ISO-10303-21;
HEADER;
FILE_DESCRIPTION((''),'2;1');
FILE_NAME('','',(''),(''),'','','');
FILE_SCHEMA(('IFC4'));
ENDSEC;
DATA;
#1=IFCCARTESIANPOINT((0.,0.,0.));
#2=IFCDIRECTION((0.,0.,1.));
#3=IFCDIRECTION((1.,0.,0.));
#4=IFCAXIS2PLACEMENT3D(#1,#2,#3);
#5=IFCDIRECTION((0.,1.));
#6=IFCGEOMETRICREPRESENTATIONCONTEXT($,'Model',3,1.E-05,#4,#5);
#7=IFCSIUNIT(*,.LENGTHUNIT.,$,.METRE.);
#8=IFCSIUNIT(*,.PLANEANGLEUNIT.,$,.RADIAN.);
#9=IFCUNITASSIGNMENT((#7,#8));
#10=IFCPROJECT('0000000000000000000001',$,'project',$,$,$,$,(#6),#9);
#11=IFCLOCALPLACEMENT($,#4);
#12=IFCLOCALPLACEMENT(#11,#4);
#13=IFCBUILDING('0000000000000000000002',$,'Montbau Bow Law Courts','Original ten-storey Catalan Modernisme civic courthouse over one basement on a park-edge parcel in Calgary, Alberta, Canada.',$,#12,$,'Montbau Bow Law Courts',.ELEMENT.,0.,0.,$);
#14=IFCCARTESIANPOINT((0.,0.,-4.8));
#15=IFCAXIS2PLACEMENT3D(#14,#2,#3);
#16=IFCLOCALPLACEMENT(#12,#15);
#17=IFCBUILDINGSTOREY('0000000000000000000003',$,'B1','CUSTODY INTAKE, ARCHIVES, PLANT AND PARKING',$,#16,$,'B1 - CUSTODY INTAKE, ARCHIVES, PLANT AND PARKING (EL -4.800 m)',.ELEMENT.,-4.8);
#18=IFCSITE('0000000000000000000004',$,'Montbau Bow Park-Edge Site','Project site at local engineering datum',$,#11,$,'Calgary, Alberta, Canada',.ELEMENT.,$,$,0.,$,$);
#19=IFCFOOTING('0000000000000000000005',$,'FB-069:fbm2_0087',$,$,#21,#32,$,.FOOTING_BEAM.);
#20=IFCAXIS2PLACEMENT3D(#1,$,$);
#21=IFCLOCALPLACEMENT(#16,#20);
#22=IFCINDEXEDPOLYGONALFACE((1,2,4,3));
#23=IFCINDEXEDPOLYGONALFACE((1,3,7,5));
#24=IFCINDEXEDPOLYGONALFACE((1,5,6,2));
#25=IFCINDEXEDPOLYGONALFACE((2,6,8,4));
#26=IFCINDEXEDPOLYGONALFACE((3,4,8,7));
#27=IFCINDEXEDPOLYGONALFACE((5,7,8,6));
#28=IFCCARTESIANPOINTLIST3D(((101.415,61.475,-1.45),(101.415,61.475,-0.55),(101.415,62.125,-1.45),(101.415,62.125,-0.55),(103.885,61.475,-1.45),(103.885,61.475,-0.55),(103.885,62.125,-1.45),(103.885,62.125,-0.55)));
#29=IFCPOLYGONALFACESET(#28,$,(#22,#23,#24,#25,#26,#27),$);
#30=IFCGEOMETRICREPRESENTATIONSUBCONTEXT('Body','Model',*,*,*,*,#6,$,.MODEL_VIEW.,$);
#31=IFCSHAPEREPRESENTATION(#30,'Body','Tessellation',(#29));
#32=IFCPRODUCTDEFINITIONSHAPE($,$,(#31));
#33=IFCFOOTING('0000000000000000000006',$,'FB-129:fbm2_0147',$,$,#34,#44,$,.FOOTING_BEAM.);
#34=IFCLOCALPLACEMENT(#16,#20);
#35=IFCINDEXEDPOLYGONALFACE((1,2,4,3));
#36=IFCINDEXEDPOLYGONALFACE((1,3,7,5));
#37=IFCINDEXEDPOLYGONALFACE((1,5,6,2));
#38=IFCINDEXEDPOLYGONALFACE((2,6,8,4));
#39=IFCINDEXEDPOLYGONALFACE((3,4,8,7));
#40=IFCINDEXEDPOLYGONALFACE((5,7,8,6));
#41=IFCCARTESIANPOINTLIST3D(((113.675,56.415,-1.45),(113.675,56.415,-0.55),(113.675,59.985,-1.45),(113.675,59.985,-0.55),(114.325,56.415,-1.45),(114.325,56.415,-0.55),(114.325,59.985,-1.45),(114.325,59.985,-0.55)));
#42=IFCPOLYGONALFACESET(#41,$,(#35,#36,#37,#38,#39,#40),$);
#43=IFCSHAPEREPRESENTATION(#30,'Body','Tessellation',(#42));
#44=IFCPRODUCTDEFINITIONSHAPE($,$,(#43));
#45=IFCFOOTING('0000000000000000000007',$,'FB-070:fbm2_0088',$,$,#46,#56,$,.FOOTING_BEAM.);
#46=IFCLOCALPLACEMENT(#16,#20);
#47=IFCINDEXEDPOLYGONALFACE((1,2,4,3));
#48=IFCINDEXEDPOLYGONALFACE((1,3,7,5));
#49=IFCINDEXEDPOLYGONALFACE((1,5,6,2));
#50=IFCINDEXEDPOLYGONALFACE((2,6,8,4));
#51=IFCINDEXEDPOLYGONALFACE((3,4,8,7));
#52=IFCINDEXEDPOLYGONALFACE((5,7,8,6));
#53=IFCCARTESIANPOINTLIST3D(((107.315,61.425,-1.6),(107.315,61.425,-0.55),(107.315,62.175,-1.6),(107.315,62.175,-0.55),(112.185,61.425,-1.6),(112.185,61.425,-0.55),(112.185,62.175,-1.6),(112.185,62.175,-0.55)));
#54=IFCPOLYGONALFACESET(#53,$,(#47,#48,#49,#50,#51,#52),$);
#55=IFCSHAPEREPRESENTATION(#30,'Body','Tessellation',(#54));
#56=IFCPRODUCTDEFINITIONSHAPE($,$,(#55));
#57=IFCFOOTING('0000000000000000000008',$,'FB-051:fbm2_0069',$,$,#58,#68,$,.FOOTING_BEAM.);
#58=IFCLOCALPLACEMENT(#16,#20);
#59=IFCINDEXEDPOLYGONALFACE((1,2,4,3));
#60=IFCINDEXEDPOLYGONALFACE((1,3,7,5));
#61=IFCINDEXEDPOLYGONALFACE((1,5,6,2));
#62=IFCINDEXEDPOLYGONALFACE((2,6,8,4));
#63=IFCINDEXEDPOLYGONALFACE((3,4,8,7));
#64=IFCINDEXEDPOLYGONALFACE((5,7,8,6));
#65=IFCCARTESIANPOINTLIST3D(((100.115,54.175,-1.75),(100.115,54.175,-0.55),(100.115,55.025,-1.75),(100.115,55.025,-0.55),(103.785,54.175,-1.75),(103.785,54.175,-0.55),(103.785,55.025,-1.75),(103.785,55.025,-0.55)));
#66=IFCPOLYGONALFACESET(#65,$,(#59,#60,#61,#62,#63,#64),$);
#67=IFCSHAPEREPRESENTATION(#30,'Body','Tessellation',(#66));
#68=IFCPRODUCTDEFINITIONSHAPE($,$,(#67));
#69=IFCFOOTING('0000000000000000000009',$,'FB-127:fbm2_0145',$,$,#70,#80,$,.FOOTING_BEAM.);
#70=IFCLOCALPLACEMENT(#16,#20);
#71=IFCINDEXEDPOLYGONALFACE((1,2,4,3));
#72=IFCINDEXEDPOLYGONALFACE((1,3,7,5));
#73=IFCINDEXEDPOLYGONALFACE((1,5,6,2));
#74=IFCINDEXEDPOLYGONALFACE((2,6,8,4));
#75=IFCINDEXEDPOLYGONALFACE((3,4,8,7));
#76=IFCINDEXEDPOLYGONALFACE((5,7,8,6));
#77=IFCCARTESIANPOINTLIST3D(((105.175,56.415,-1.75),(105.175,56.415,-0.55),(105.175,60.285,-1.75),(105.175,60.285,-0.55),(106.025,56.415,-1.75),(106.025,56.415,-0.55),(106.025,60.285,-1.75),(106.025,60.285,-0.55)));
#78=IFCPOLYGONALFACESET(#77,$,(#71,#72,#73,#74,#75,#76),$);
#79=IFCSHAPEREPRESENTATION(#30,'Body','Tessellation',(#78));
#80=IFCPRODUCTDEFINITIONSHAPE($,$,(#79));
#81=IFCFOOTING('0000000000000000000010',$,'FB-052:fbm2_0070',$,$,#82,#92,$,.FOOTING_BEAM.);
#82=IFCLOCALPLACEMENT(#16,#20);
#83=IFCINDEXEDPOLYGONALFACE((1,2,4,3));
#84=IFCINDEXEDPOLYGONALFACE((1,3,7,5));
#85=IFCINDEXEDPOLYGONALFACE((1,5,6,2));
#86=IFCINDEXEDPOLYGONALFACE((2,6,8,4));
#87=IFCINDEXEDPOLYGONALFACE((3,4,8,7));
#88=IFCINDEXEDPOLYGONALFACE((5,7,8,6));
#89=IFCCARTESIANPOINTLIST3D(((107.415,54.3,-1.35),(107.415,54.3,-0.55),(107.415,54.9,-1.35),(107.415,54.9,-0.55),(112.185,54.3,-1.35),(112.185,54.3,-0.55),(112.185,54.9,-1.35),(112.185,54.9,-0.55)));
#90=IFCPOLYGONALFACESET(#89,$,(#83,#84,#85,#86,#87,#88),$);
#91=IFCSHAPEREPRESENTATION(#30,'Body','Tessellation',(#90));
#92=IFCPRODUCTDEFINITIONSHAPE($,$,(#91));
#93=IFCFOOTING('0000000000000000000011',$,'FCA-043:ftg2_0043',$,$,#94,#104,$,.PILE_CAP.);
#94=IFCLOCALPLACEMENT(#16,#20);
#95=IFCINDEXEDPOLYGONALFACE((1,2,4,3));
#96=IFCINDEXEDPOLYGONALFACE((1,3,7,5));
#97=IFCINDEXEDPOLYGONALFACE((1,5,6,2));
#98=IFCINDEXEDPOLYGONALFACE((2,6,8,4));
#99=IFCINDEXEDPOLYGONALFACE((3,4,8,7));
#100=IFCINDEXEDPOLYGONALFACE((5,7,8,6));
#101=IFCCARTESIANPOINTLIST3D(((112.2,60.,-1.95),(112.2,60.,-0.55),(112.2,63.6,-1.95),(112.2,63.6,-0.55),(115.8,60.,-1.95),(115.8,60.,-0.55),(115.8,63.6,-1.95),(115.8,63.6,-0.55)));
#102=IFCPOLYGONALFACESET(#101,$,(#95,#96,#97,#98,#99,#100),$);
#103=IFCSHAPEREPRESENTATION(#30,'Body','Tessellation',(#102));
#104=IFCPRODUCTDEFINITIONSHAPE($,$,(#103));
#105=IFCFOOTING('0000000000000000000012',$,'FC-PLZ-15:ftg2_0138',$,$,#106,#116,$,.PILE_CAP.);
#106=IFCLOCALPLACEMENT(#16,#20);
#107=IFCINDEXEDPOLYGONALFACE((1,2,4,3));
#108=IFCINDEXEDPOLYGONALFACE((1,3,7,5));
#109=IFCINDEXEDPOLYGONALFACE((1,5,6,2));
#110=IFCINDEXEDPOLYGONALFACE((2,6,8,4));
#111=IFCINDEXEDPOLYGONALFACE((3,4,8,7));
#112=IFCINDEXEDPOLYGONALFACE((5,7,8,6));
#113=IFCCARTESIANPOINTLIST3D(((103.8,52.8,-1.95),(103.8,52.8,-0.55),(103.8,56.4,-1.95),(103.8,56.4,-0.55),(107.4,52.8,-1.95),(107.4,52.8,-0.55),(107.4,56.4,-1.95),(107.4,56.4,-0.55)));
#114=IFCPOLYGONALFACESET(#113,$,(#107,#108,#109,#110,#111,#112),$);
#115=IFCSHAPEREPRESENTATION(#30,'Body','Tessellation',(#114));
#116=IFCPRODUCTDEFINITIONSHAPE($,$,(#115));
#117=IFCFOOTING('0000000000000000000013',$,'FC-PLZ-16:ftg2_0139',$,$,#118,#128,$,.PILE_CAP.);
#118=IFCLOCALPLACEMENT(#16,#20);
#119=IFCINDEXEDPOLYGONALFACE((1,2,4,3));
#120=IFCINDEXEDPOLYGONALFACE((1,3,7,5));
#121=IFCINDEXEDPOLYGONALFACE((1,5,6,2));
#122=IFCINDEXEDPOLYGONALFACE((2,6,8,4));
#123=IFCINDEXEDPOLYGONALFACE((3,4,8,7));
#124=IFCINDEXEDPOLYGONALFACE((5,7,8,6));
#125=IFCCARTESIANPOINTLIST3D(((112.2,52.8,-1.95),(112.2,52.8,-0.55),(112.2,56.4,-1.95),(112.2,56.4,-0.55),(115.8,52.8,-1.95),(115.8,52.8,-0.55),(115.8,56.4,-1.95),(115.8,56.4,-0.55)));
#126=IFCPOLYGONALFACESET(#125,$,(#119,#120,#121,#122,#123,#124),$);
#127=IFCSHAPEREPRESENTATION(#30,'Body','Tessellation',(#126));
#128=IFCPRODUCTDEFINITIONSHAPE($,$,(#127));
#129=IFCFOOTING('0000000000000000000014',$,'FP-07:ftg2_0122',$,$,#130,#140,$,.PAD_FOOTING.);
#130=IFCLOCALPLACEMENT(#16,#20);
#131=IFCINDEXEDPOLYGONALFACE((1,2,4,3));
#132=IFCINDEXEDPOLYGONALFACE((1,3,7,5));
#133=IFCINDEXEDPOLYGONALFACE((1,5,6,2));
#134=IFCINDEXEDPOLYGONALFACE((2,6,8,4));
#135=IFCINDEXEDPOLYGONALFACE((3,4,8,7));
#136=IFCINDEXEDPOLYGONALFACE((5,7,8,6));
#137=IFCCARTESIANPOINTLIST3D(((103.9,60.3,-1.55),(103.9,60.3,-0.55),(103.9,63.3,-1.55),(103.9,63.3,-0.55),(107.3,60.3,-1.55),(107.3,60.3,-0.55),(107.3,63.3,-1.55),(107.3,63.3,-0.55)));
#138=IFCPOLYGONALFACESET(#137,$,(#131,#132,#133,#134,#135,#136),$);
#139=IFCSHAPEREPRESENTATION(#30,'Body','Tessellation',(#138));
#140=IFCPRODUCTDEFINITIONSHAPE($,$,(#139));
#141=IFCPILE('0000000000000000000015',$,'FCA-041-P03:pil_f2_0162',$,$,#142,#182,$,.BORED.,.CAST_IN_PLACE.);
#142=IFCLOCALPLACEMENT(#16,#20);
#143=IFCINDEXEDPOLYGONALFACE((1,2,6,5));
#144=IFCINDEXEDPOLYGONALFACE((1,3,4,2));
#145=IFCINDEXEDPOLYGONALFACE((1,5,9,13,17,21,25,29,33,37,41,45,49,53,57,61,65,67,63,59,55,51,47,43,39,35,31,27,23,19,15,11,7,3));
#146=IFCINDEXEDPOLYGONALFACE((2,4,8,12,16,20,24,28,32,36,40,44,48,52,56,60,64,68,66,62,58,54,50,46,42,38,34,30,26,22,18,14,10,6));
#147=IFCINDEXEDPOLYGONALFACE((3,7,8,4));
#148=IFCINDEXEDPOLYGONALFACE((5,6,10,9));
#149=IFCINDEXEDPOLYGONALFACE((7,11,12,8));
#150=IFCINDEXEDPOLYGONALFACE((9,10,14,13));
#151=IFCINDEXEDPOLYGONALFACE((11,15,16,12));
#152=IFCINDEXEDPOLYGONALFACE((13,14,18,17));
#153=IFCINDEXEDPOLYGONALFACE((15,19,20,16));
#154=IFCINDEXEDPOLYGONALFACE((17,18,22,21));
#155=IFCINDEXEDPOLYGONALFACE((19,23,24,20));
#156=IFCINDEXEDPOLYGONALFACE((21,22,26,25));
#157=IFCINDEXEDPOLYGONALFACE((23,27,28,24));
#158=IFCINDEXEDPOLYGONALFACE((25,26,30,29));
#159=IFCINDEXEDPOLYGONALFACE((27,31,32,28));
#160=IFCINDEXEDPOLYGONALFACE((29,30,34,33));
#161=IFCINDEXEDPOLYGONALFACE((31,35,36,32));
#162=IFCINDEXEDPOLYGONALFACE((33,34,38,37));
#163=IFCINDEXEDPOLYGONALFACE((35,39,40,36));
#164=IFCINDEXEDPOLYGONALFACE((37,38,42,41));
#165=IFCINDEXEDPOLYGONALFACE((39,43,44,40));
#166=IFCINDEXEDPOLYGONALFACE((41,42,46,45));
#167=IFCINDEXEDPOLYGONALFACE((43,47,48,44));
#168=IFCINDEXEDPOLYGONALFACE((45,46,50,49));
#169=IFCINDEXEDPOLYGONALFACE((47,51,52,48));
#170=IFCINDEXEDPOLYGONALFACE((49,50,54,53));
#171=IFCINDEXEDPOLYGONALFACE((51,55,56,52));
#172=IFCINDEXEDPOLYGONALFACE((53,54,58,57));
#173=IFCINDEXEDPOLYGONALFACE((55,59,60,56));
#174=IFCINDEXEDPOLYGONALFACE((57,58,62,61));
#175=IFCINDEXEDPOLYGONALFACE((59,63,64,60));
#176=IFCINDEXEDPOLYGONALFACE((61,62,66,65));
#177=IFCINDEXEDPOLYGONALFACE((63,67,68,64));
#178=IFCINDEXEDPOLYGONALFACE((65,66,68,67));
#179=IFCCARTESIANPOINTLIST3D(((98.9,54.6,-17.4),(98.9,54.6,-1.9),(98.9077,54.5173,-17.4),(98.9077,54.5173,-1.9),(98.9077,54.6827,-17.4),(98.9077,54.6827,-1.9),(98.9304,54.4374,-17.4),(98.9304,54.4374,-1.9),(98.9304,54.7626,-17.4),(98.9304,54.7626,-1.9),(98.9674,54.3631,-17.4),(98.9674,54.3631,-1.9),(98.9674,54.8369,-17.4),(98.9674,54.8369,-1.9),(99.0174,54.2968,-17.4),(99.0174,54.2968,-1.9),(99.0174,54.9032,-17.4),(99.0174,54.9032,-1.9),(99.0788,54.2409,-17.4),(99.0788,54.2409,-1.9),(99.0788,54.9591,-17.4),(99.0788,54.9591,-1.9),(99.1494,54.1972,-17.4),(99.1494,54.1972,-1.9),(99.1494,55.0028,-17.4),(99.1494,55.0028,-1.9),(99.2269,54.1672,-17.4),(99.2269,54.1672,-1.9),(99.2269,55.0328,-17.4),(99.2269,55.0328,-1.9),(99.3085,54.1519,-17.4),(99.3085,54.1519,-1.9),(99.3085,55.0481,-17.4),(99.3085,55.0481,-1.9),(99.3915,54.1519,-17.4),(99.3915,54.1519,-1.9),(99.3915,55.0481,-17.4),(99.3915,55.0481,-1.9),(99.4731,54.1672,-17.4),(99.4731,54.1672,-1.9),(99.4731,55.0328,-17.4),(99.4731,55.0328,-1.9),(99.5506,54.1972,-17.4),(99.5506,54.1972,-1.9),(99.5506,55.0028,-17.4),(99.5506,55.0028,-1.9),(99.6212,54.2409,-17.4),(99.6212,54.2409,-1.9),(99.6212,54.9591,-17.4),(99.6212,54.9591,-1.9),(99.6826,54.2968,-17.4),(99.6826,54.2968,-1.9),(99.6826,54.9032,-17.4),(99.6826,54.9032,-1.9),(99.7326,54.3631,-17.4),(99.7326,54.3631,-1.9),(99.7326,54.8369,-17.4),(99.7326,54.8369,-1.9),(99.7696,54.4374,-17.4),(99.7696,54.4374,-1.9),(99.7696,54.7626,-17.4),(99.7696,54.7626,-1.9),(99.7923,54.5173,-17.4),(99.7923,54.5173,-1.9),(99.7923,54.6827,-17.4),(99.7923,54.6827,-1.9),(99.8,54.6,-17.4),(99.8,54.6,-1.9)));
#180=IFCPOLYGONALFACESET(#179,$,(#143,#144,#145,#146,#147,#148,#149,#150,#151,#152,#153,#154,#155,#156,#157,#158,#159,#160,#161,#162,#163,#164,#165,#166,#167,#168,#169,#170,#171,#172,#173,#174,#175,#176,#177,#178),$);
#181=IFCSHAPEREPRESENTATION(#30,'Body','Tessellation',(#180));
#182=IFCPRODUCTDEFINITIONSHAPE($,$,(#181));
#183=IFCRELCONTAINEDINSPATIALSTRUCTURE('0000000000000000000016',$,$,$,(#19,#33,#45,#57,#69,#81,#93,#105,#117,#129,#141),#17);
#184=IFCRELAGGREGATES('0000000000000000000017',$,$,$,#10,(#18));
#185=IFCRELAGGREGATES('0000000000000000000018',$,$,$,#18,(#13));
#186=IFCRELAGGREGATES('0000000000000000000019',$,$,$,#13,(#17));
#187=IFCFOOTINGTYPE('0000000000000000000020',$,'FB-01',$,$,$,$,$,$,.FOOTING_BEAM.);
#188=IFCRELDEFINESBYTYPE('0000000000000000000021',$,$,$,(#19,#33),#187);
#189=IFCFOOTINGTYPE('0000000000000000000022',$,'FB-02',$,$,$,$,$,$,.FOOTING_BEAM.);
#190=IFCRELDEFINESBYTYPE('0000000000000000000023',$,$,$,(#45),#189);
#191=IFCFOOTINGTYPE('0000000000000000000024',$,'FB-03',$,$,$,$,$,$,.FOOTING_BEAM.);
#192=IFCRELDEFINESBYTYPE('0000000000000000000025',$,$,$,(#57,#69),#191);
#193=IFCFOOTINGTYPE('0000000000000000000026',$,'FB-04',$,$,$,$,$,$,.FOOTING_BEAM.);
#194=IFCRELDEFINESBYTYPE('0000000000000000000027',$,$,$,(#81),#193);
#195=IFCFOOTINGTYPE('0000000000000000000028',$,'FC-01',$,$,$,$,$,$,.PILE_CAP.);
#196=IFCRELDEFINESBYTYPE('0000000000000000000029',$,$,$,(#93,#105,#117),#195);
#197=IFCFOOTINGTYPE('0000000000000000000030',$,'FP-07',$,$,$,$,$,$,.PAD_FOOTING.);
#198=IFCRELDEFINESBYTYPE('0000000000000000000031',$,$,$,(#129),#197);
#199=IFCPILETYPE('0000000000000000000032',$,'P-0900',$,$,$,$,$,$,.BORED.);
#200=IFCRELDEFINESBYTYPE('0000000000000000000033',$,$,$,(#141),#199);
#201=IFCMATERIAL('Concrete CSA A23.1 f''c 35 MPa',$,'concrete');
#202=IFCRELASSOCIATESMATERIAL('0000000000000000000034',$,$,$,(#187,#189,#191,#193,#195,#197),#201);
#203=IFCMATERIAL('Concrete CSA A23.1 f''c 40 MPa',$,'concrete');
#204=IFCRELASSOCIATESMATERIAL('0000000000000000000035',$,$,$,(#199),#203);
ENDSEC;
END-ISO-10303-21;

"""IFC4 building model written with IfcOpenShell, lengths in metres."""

from ifc_helpers import new_model, si_unit, direction, frame, origin_with_axes, origin_2d_with_axis, place, context, subcontext, project, spatial, rectangle, circle, extrude, material, material_profile, profile_set, type_object, element, save


model = new_model("IFC4")

# Units and contexts
model_context = context("Model", 3, precision=1e-05, world=origin_with_axes(), true_north=direction((0.0, 1.0)))
body_context = subcontext(model_context, "Body", "Model", "MODEL_VIEW")
ifc_project = project(units=[si_unit("LENGTHUNIT", "METRE"), si_unit("PLANEANGLEUNIT", "RADIAN")], contexts=[model_context])

# Site, building, storey
site_placement = place(None, origin_with_axes())
site = spatial("IfcSite", under=ifc_project, at=site_placement, Name="Montbau Bow Park-Edge Site", Description="Project site at local engineering datum", LongName="Calgary, Alberta, Canada", CompositionType="ELEMENT", RefElevation=0.0)
building_placement = place(site_placement, origin_with_axes())
building = spatial("IfcBuilding", under=site, at=building_placement, Name="Montbau Bow Law Courts", Description="Original ten-storey Catalan Modernisme civic courthouse over one basement on a park-edge parcel in Calgary, Alberta, Canada.", LongName="Montbau Bow Law Courts", CompositionType="ELEMENT", ElevationOfRefHeight=0.0, ElevationOfTerrain=0.0)
storey_placement = place(building_placement, frame((0.0, 0.0, -4.8), z_axis=(0.0, 0.0, 1.0), x_axis=(1.0, 0.0, 0.0)))
storey = spatial("IfcBuildingStorey", under=building, at=storey_placement, Name="B1", Description="CUSTODY INTAKE, ARCHIVES, PLANT AND PARKING", LongName="B1 - CUSTODY INTAKE, ARCHIVES, PLANT AND PARKING (EL -4.800 m)", CompositionType="ELEMENT", Elevation=-4.8)

# Footings
ifc_material_1 = material(Name="Concrete CSA A23.1 f'c 35 MPa", Category="concrete")
footing_type_1 = type_object("IfcFootingType", Name="FB-01", PredefinedType="FOOTING_BEAM", material=ifc_material_1)
footing_1_placement = place(None, frame((102.65, 61.8, -6.25), z_axis=(0.0, 0.0, 1.0), x_axis=(1.0, 0.0, 0.0)))
element("IfcFooting", 1, at=footing_1_placement, inside=storey, type_object=footing_type_1, Name="FB-069:fbm2_0087", PredefinedType="FOOTING_BEAM", context=body_context, shape_type="SweptSolid", body=[
    extrude(rectangle(XDim=2.47, YDim=0.65, at=origin_2d_with_axis()), origin_with_axes(), (0.0, 0.0, 1.0), 0.9),
])
footing_2_placement = place(None, frame((114.0, 58.2, -6.25), z_axis=(0.0, 0.0, 1.0), x_axis=(0.0, 1.0, 0.0)))
element("IfcFooting", 2, at=footing_2_placement, inside=storey, type_object=footing_type_1, Name="FB-129:fbm2_0147", PredefinedType="FOOTING_BEAM", context=body_context, shape_type="SweptSolid", body=[
    extrude(rectangle(XDim=3.57, YDim=0.65, at=origin_2d_with_axis()), origin_with_axes(), (0.0, 0.0, 1.0), 0.9),
])
footing_type_2 = type_object("IfcFootingType", Name="FB-02", PredefinedType="FOOTING_BEAM", material=ifc_material_1)
footing_3_placement = place(None, frame((109.75, 61.8, -6.4), z_axis=(0.0, 0.0, 1.0), x_axis=(1.0, 0.0, 0.0)))
element("IfcFooting", 3, at=footing_3_placement, inside=storey, type_object=footing_type_2, Name="FB-070:fbm2_0088", PredefinedType="FOOTING_BEAM", context=body_context, shape_type="SweptSolid", body=[
    extrude(rectangle(XDim=4.87, YDim=0.75, at=origin_2d_with_axis()), origin_with_axes(), (0.0, 0.0, 1.0), 1.05),
])
footing_type_3 = type_object("IfcFootingType", Name="FB-03", PredefinedType="FOOTING_BEAM", material=ifc_material_1)
footing_4_placement = place(None, frame((101.95, 54.6, -6.55), z_axis=(0.0, 0.0, 1.0), x_axis=(1.0, 0.0, 0.0)))
element("IfcFooting", 4, at=footing_4_placement, inside=storey, type_object=footing_type_3, Name="FB-051:fbm2_0069", PredefinedType="FOOTING_BEAM", context=body_context, shape_type="SweptSolid", body=[
    extrude(rectangle(XDim=3.67, YDim=0.85, at=origin_2d_with_axis()), origin_with_axes(), (0.0, 0.0, 1.0), 1.2),
])
footing_5_placement = place(None, frame((105.6, 58.35, -6.55), z_axis=(0.0, 0.0, 1.0), x_axis=(0.0, 1.0, 0.0)))
element("IfcFooting", 5, at=footing_5_placement, inside=storey, type_object=footing_type_3, Name="FB-127:fbm2_0145", PredefinedType="FOOTING_BEAM", context=body_context, shape_type="SweptSolid", body=[
    extrude(rectangle(XDim=3.87, YDim=0.85, at=origin_2d_with_axis()), origin_with_axes(), (0.0, 0.0, 1.0), 1.2),
])
footing_type_4 = type_object("IfcFootingType", Name="FB-04", PredefinedType="FOOTING_BEAM", material=ifc_material_1)
footing_6_placement = place(None, frame((109.8, 54.6, -6.15), z_axis=(0.0, 0.0, 1.0), x_axis=(1.0, 0.0, 0.0)))
element("IfcFooting", 6, at=footing_6_placement, inside=storey, type_object=footing_type_4, Name="FB-052:fbm2_0070", PredefinedType="FOOTING_BEAM", context=body_context, shape_type="SweptSolid", body=[
    extrude(rectangle(XDim=4.77, YDim=0.6, at=origin_2d_with_axis()), origin_with_axes(), (0.0, 0.0, 1.0), 0.8),
])
footing_type_5 = type_object("IfcFootingType", Name="FC-01", PredefinedType="PILE_CAP", material=ifc_material_1)
for number, where, z_axis, x_axis, name in (
    (7, (114.0, 61.8, -6.75), (0.0, 0.0, 1.0), (1.0, 0.0, 0.0), "FCA-043:ftg2_0043"),
    (8, (105.6, 54.6, -6.75), (0.0, 0.0, 1.0), (1.0, 0.0, 0.0), "FC-PLZ-15:ftg2_0138"),
    (9, (114.0, 54.6, -6.75), (0.0, 0.0, 1.0), (1.0, 0.0, 0.0), "FC-PLZ-16:ftg2_0139"),
):
    element("IfcFooting", number, at=place(None, frame(where, z_axis=z_axis, x_axis=x_axis)), inside=storey, type_object=footing_type_5, Name=name, PredefinedType="PILE_CAP", context=body_context, shape_type="SweptSolid", body=[
        extrude(rectangle(XDim=3.6, YDim=3.6, at=origin_2d_with_axis()), origin_with_axes(), (0.0, 0.0, 1.0), 1.4),
    ])
footing_type_6 = type_object("IfcFootingType", Name="FP-07", PredefinedType="PAD_FOOTING", material=ifc_material_1)
footing_7_placement = place(None, frame((105.6, 61.8, -6.35), z_axis=(0.0, 0.0, 1.0), x_axis=(1.0, 0.0, 0.0)))
element("IfcFooting", 10, at=footing_7_placement, inside=storey, type_object=footing_type_6, Name="FP-07:ftg2_0122", PredefinedType="PAD_FOOTING", context=body_context, shape_type="SweptSolid", body=[
    extrude(rectangle(XDim=3.4, YDim=3.0, at=origin_2d_with_axis()), origin_with_axes(), (0.0, 0.0, 1.0), 1.0),
])

# Pile
ifc_material_2 = material(Name="Concrete CSA A23.1 f'c 40 MPa", Category="concrete")
ifc_material_profile_1 = material_profile(ifc_material_2, circle(Radius=0.45, at=origin_2d_with_axis()), Name="BP900", Category="Main", Priority=0)
ifc_profile_set_1 = profile_set([ifc_material_profile_1], Name="Concrete CSA A23.1 f'c 40 MPa")
pile_type_1 = type_object("IfcPileType", Name="P-0900", PredefinedType="BORED", material=ifc_profile_set_1)
for number, where, z_axis, x_axis, name in (
    (11, (99.35, 54.6, -22.2), (0.0, 0.0, 1.0), (1.0, 0.0, 0.0), "FCA-041-P03:pil_f2_0162"),
):
    element("IfcPile", number, at=place(None, frame(where, z_axis=z_axis, x_axis=x_axis)), inside=storey, type_object=pile_type_1, Name=name, ConstructionType="CAST_IN_PLACE", PredefinedType="BORED", context=body_context, shape_type="SweptSolid", body=[
        extrude(circle(Radius=0.45, at=origin_2d_with_axis()), origin_with_axes(), (0.0, 0.0, 1.0), 15.5),
    ])

save(model, "model.ifc")
